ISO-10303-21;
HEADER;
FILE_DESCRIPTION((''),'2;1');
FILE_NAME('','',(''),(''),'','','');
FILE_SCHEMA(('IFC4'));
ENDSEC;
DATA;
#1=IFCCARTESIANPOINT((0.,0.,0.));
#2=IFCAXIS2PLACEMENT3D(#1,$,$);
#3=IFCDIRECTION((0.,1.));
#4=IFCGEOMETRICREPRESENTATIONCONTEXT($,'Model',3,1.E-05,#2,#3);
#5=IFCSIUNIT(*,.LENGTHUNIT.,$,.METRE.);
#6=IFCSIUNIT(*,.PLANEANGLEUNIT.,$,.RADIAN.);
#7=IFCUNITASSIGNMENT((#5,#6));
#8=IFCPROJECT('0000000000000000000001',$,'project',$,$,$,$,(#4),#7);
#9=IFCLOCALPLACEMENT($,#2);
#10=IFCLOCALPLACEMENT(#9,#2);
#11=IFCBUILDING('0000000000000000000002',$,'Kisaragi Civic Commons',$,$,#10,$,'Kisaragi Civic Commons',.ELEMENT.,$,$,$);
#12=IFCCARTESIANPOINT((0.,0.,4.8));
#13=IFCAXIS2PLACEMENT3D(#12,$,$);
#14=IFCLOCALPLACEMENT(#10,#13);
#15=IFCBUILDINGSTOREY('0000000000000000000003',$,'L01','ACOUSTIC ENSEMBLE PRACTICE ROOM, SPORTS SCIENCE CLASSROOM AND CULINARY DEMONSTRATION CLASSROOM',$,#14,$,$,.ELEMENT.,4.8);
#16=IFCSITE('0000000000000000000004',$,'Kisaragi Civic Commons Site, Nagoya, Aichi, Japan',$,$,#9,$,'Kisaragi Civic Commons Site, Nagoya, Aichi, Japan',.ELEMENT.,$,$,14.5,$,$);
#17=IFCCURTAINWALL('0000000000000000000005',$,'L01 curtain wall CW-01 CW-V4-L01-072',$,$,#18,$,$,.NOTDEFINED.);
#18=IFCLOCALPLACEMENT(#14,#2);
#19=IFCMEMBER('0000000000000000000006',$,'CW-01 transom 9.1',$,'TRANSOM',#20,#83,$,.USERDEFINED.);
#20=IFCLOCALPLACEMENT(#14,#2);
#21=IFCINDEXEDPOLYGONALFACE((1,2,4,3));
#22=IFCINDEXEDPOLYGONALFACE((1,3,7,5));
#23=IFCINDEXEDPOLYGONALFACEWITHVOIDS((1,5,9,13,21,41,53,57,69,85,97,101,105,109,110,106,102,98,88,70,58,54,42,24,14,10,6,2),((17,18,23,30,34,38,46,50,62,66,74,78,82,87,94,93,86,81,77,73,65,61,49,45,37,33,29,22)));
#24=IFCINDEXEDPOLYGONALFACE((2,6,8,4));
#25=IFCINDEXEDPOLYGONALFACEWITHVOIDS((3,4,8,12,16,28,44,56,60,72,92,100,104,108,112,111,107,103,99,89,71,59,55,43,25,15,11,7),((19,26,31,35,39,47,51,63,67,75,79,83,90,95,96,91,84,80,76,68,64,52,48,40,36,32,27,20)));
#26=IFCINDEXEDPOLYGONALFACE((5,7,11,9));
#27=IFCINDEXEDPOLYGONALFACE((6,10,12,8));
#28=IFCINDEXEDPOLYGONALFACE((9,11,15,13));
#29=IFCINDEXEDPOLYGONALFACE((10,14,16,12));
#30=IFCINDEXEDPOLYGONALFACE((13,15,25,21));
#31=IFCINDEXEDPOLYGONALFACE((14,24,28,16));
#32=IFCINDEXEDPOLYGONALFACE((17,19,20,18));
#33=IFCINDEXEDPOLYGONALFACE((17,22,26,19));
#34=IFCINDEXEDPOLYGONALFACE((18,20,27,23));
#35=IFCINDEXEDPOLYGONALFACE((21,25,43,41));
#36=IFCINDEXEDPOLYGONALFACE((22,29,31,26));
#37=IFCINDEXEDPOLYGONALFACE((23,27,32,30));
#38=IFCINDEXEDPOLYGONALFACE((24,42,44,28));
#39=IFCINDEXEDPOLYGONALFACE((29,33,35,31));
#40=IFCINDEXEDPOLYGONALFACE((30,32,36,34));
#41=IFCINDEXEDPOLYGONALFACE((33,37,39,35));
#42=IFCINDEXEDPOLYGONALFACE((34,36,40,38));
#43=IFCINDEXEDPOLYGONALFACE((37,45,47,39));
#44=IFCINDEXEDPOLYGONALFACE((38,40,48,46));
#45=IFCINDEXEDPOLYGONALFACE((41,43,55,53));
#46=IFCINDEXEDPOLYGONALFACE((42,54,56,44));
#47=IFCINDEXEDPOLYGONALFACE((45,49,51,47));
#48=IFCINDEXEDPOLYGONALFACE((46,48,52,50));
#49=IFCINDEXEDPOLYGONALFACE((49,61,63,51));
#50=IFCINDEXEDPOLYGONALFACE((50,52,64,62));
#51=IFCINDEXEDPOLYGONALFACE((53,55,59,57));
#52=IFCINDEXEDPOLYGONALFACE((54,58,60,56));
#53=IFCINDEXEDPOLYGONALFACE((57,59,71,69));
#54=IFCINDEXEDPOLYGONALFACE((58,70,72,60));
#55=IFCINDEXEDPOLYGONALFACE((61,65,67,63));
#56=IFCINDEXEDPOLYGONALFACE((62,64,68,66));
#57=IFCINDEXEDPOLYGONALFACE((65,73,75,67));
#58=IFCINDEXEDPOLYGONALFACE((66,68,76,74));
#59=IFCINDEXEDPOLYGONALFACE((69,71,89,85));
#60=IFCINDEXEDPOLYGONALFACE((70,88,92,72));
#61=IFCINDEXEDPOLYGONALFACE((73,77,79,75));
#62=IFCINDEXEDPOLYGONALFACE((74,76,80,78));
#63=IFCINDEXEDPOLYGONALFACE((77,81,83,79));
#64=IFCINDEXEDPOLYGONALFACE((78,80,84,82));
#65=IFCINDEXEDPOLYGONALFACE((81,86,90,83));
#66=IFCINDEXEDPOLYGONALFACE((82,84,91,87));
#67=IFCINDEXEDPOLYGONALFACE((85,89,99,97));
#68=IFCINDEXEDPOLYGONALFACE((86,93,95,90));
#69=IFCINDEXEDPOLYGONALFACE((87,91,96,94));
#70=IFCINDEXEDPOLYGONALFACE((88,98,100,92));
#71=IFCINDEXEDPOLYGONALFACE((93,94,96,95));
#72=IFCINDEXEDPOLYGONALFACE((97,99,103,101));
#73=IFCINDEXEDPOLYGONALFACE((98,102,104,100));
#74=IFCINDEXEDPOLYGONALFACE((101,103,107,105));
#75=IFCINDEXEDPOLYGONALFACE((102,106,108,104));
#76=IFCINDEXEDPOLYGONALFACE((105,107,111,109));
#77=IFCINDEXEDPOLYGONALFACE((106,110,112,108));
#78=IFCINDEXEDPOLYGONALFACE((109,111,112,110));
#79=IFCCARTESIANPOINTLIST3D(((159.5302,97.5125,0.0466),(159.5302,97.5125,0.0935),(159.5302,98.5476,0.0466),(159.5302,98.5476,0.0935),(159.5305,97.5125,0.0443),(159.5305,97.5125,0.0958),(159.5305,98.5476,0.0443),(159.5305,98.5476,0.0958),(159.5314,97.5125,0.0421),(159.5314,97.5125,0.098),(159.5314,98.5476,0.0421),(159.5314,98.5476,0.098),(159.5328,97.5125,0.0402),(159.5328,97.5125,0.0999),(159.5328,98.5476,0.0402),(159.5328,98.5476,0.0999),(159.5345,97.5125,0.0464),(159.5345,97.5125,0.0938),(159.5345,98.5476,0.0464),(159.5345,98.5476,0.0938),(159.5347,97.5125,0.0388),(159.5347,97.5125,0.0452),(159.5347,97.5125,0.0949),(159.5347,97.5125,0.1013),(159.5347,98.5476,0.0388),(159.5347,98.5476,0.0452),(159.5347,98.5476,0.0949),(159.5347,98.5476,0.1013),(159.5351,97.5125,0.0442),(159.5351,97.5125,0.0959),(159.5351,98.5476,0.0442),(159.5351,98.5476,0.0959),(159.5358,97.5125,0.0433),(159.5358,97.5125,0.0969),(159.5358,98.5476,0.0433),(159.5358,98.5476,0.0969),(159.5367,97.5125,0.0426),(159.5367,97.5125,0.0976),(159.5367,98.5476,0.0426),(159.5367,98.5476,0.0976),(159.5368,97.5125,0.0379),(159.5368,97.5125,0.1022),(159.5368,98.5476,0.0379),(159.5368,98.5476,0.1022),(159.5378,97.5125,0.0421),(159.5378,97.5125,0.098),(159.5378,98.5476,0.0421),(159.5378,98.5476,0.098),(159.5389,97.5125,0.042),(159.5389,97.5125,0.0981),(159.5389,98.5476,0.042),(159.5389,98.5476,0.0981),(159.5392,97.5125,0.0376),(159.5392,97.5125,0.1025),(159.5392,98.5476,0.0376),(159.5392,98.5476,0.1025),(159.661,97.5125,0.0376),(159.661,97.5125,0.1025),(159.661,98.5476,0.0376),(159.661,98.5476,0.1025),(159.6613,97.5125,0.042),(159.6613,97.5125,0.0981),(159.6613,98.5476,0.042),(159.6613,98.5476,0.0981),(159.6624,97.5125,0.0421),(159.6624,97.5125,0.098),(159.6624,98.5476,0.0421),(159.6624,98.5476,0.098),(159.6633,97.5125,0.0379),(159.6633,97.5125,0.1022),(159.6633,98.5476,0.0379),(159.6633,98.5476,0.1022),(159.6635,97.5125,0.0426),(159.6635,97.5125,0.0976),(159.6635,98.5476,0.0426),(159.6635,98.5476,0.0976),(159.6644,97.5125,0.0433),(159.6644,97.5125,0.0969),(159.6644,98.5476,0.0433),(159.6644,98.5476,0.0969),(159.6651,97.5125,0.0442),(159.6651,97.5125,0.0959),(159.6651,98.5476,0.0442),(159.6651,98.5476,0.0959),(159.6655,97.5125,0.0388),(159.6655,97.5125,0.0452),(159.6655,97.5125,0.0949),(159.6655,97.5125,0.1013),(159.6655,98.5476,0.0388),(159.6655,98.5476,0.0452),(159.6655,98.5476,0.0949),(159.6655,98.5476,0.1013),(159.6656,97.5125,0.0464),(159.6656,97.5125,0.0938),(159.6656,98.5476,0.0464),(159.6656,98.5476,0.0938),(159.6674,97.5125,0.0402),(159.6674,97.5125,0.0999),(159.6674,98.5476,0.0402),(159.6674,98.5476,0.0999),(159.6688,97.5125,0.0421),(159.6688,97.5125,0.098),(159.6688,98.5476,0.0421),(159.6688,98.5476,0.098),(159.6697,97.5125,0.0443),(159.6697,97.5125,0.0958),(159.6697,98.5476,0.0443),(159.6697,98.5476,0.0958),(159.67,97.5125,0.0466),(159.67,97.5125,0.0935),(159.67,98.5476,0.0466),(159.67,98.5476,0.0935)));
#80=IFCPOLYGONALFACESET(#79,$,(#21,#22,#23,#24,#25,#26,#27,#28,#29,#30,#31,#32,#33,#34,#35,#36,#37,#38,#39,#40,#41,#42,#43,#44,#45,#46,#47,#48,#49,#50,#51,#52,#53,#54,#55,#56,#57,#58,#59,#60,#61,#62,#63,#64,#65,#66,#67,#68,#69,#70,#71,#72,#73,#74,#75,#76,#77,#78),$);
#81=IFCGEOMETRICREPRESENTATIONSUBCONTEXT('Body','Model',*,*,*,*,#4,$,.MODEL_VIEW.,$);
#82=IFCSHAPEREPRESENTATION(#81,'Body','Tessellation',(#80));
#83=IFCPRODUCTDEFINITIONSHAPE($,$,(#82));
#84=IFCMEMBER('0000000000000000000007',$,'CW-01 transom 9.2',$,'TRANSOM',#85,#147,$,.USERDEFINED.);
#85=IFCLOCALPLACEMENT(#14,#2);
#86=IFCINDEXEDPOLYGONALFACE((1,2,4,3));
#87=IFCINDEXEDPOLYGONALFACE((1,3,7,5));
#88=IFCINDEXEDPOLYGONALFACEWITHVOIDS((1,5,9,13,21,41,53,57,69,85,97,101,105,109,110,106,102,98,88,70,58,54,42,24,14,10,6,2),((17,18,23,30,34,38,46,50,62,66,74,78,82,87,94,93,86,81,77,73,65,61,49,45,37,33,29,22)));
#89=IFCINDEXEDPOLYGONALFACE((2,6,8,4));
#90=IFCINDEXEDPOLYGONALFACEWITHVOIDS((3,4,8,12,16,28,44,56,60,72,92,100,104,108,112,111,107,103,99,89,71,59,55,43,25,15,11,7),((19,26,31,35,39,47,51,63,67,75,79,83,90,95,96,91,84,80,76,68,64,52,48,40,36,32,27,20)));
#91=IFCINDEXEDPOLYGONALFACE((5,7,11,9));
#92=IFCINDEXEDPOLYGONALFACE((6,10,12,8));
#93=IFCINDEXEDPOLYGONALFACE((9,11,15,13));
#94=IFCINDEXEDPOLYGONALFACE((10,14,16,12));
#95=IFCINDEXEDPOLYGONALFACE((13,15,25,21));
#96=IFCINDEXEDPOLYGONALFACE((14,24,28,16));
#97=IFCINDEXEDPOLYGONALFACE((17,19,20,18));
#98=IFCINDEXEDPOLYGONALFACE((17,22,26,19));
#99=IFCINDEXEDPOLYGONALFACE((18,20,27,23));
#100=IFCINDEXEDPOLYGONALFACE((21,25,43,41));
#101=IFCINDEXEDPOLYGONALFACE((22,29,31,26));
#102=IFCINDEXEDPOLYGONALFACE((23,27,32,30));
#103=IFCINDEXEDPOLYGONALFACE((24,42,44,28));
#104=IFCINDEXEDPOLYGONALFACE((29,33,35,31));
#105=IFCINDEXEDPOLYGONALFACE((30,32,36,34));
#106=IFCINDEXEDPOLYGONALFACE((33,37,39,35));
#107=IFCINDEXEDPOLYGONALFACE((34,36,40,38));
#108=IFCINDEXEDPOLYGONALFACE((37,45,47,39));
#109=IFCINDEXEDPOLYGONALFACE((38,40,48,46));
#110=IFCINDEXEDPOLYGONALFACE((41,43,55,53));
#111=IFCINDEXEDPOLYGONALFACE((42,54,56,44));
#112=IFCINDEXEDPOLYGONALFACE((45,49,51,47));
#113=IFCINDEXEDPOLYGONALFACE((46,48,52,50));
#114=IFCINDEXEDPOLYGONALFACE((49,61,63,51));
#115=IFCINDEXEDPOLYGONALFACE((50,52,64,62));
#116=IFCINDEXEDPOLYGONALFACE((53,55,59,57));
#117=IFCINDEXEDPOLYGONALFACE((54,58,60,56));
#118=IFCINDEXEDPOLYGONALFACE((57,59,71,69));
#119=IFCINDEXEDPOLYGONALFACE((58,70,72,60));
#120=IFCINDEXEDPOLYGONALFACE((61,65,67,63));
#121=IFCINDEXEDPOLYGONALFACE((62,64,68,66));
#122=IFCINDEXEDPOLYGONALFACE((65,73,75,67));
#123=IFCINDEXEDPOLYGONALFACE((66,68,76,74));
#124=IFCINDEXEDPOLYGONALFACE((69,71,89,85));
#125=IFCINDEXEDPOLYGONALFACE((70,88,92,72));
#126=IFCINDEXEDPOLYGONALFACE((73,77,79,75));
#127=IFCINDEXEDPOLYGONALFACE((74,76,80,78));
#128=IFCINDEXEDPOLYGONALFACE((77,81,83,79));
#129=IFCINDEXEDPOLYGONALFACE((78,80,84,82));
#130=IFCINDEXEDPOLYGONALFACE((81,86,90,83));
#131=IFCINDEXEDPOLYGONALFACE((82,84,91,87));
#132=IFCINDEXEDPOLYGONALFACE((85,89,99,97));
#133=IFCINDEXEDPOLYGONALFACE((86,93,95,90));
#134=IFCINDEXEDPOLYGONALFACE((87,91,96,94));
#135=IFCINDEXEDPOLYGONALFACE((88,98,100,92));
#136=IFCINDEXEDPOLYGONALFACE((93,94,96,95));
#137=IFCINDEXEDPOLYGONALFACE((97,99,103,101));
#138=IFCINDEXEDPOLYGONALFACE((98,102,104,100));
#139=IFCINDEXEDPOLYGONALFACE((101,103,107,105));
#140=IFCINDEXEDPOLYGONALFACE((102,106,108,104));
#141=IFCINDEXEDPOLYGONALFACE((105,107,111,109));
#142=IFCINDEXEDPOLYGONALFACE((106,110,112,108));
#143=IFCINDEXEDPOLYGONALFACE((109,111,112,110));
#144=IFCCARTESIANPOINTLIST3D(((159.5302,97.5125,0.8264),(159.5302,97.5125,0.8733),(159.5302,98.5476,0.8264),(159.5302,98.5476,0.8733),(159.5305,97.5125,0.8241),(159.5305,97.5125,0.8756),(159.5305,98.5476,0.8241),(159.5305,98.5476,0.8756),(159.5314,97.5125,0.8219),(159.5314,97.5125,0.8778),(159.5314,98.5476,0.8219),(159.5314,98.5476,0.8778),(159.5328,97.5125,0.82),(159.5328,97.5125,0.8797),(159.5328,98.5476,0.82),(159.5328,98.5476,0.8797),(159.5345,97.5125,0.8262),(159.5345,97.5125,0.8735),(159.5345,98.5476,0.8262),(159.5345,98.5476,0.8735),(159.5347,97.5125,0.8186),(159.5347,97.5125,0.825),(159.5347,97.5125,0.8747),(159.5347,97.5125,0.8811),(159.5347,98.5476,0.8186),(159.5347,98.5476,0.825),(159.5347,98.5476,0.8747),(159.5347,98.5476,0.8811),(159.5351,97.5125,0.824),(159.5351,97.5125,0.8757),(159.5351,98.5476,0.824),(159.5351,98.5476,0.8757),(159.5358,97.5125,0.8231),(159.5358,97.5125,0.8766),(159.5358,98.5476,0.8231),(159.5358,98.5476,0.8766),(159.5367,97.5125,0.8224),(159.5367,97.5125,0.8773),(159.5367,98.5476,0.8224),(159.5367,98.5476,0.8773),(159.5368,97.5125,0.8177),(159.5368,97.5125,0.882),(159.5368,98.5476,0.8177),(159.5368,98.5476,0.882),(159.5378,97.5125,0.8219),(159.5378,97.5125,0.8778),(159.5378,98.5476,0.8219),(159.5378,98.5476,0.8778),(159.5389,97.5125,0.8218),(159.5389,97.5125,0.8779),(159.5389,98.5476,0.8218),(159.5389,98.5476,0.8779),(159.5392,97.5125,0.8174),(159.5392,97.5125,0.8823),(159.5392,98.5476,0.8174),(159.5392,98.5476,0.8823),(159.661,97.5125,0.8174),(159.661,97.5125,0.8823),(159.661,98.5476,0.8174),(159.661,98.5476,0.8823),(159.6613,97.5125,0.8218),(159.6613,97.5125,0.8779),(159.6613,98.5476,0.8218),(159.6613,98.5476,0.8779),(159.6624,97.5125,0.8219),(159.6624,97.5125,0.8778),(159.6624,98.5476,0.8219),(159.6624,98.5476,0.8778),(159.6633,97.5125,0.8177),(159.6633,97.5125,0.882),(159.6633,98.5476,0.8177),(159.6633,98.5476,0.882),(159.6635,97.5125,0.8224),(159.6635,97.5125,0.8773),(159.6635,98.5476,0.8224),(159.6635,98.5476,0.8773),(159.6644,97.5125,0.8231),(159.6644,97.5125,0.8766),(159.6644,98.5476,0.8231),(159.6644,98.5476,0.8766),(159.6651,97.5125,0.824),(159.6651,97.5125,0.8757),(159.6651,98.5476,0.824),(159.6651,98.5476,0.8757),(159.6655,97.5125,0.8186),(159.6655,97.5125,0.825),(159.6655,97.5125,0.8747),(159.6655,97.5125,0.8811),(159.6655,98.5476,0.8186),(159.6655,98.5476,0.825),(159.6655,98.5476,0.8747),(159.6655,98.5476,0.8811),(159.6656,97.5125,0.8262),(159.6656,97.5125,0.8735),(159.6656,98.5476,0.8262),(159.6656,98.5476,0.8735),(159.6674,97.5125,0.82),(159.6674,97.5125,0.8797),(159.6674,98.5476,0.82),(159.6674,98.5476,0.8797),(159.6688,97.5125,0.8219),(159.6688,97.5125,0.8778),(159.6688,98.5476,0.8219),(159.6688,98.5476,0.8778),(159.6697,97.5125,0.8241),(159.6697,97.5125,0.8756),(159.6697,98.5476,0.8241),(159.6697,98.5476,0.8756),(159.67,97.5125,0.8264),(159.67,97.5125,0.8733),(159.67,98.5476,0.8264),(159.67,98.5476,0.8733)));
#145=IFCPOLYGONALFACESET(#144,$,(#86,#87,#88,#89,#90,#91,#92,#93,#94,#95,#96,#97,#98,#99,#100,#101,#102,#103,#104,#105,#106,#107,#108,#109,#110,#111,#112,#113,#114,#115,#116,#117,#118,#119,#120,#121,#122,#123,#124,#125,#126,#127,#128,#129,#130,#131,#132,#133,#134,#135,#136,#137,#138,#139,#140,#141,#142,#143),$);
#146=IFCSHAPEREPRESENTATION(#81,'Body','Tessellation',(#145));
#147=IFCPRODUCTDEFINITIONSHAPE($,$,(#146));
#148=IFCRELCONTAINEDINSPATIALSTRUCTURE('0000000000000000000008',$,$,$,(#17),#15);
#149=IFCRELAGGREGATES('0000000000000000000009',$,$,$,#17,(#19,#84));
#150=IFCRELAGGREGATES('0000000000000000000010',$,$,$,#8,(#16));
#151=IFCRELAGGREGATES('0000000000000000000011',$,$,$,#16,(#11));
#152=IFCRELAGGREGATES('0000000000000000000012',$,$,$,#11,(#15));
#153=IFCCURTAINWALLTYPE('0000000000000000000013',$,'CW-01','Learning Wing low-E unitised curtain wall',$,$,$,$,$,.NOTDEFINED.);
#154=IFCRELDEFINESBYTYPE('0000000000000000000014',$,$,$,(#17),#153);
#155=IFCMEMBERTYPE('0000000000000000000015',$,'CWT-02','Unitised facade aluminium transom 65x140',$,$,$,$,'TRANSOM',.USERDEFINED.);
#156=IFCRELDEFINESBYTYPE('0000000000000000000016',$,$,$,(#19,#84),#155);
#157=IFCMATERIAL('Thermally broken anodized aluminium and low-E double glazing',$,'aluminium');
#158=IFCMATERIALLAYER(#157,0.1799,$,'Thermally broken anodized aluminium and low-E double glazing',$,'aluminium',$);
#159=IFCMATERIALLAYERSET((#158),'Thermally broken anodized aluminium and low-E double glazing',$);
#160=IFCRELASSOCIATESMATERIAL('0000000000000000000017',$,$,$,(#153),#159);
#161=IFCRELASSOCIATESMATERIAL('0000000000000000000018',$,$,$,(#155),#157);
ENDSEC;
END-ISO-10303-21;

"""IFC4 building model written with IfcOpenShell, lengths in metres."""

from ifc_helpers import new_model, si_unit, direction, frame, origin, origin_2d, place, context, subcontext, project, spatial, hollow_rectangle, extrude, material, layer, layer_set, material_profile, profile_set, type_object, element, aggregate, save


model = new_model("IFC4")

# Units and contexts
model_context = context("Model", 3, precision=1e-05, world=origin(), true_north=direction((0.0, 1.0)))
body_context = subcontext(model_context, "Body", "Model", "MODEL_VIEW")
ifc_project = project(units=[si_unit("LENGTHUNIT", "METRE"), si_unit("PLANEANGLEUNIT", "RADIAN")], contexts=[model_context])

# Site, building, storey
site_placement = place(None, origin())
site = spatial("IfcSite", under=ifc_project, at=site_placement, Name="Kisaragi Civic Commons Site, Nagoya, Aichi, Japan", LongName="Kisaragi Civic Commons Site, Nagoya, Aichi, Japan", CompositionType="ELEMENT", RefElevation=14.5)
building_placement = place(site_placement, origin())
building = spatial("IfcBuilding", under=site, at=building_placement, Name="Kisaragi Civic Commons", LongName="Kisaragi Civic Commons", CompositionType="ELEMENT")
storey_placement = place(building_placement, frame((0.0, 0.0, 4.8)))
storey = spatial("IfcBuildingStorey", under=building, at=storey_placement, Name="L01", Description="ACOUSTIC ENSEMBLE PRACTICE ROOM, SPORTS SCIENCE CLASSROOM AND CULINARY DEMONSTRATION CLASSROOM", CompositionType="ELEMENT", Elevation=4.8)

# Curtain wall, members
ifc_material = material(Name="Thermally broken anodized aluminium and low-E double glazing", Category="aluminium")
ifc_layer_1 = layer(ifc_material, 0.1799, Name="Thermally broken anodized aluminium and low-E double glazing", Category="aluminium")
ifc_layer_set_1 = layer_set([ifc_layer_1], Name="Thermally broken anodized aluminium and low-E double glazing")
curtain_wall_type = type_object("IfcCurtainWallType", Name="CW-01", Description="Learning Wing low-E unitised curtain wall", PredefinedType="NOTDEFINED", material=ifc_layer_set_1)
curtain_wall_placement = place(storey_placement, origin())
curtain_wall = element("IfcCurtainWall", 1, at=curtain_wall_placement, inside=storey, type_object=curtain_wall_type, Name="L01 curtain wall CW-01 CW-V4-L01-072", PredefinedType="NOTDEFINED")
ifc_material_profile_1 = material_profile(ifc_material, hollow_rectangle(XDim=0.1399, YDim=0.0649, WallThickness=0.0044, InnerFilletRadius=0.0044, OuterFilletRadius=0.009, at=origin_2d()), Name="CWT-65x140x4.5", Category="aluminium")
ifc_profile_set_1 = profile_set([ifc_material_profile_1], Name="Thermally broken anodized aluminium and low-E double glazing")
member_type_1 = type_object("IfcMemberType", Name="CWT-02", Description="Unitised facade aluminium transom 65x140", ElementType="TRANSOM", PredefinedType="USERDEFINED", material=ifc_profile_set_1)
member_1_placement = place(storey_placement, frame((159.6001, 98.5476, 0.0701), z_axis=(0.0, -1.0, 0.0), x_axis=(1.0, 0.0, 0.0)))
member_1 = element("IfcMember", 2, at=member_1_placement, type_object=member_type_1, Name="CW-01 transom 9.1", ObjectType="TRANSOM", PredefinedType="USERDEFINED", context=body_context, shape_type="SweptSolid", body=[
    extrude(hollow_rectangle(XDim=0.1399, YDim=0.0649, WallThickness=0.0044, InnerFilletRadius=0.0044, OuterFilletRadius=0.009, at=origin_2d()), origin(), (0.0, 0.0, 1.0), 1.0352),
])
member_2_placement = place(storey_placement, frame((159.6001, 98.5476, 0.8499), z_axis=(0.0, -1.0, 0.0), x_axis=(1.0, 0.0, 0.0)))
member_2 = element("IfcMember", 3, at=member_2_placement, type_object=member_type_1, Name="CW-01 transom 9.2", ObjectType="TRANSOM", PredefinedType="USERDEFINED", context=body_context, shape_type="SweptSolid", body=[
    extrude(hollow_rectangle(XDim=0.1399, YDim=0.0649, WallThickness=0.0044, InnerFilletRadius=0.0044, OuterFilletRadius=0.009, at=origin_2d()), origin(), (0.0, 0.0, 1.0), 1.0352),
])
aggregate(curtain_wall, [member_1, member_2])

save(model, "model.ifc")
